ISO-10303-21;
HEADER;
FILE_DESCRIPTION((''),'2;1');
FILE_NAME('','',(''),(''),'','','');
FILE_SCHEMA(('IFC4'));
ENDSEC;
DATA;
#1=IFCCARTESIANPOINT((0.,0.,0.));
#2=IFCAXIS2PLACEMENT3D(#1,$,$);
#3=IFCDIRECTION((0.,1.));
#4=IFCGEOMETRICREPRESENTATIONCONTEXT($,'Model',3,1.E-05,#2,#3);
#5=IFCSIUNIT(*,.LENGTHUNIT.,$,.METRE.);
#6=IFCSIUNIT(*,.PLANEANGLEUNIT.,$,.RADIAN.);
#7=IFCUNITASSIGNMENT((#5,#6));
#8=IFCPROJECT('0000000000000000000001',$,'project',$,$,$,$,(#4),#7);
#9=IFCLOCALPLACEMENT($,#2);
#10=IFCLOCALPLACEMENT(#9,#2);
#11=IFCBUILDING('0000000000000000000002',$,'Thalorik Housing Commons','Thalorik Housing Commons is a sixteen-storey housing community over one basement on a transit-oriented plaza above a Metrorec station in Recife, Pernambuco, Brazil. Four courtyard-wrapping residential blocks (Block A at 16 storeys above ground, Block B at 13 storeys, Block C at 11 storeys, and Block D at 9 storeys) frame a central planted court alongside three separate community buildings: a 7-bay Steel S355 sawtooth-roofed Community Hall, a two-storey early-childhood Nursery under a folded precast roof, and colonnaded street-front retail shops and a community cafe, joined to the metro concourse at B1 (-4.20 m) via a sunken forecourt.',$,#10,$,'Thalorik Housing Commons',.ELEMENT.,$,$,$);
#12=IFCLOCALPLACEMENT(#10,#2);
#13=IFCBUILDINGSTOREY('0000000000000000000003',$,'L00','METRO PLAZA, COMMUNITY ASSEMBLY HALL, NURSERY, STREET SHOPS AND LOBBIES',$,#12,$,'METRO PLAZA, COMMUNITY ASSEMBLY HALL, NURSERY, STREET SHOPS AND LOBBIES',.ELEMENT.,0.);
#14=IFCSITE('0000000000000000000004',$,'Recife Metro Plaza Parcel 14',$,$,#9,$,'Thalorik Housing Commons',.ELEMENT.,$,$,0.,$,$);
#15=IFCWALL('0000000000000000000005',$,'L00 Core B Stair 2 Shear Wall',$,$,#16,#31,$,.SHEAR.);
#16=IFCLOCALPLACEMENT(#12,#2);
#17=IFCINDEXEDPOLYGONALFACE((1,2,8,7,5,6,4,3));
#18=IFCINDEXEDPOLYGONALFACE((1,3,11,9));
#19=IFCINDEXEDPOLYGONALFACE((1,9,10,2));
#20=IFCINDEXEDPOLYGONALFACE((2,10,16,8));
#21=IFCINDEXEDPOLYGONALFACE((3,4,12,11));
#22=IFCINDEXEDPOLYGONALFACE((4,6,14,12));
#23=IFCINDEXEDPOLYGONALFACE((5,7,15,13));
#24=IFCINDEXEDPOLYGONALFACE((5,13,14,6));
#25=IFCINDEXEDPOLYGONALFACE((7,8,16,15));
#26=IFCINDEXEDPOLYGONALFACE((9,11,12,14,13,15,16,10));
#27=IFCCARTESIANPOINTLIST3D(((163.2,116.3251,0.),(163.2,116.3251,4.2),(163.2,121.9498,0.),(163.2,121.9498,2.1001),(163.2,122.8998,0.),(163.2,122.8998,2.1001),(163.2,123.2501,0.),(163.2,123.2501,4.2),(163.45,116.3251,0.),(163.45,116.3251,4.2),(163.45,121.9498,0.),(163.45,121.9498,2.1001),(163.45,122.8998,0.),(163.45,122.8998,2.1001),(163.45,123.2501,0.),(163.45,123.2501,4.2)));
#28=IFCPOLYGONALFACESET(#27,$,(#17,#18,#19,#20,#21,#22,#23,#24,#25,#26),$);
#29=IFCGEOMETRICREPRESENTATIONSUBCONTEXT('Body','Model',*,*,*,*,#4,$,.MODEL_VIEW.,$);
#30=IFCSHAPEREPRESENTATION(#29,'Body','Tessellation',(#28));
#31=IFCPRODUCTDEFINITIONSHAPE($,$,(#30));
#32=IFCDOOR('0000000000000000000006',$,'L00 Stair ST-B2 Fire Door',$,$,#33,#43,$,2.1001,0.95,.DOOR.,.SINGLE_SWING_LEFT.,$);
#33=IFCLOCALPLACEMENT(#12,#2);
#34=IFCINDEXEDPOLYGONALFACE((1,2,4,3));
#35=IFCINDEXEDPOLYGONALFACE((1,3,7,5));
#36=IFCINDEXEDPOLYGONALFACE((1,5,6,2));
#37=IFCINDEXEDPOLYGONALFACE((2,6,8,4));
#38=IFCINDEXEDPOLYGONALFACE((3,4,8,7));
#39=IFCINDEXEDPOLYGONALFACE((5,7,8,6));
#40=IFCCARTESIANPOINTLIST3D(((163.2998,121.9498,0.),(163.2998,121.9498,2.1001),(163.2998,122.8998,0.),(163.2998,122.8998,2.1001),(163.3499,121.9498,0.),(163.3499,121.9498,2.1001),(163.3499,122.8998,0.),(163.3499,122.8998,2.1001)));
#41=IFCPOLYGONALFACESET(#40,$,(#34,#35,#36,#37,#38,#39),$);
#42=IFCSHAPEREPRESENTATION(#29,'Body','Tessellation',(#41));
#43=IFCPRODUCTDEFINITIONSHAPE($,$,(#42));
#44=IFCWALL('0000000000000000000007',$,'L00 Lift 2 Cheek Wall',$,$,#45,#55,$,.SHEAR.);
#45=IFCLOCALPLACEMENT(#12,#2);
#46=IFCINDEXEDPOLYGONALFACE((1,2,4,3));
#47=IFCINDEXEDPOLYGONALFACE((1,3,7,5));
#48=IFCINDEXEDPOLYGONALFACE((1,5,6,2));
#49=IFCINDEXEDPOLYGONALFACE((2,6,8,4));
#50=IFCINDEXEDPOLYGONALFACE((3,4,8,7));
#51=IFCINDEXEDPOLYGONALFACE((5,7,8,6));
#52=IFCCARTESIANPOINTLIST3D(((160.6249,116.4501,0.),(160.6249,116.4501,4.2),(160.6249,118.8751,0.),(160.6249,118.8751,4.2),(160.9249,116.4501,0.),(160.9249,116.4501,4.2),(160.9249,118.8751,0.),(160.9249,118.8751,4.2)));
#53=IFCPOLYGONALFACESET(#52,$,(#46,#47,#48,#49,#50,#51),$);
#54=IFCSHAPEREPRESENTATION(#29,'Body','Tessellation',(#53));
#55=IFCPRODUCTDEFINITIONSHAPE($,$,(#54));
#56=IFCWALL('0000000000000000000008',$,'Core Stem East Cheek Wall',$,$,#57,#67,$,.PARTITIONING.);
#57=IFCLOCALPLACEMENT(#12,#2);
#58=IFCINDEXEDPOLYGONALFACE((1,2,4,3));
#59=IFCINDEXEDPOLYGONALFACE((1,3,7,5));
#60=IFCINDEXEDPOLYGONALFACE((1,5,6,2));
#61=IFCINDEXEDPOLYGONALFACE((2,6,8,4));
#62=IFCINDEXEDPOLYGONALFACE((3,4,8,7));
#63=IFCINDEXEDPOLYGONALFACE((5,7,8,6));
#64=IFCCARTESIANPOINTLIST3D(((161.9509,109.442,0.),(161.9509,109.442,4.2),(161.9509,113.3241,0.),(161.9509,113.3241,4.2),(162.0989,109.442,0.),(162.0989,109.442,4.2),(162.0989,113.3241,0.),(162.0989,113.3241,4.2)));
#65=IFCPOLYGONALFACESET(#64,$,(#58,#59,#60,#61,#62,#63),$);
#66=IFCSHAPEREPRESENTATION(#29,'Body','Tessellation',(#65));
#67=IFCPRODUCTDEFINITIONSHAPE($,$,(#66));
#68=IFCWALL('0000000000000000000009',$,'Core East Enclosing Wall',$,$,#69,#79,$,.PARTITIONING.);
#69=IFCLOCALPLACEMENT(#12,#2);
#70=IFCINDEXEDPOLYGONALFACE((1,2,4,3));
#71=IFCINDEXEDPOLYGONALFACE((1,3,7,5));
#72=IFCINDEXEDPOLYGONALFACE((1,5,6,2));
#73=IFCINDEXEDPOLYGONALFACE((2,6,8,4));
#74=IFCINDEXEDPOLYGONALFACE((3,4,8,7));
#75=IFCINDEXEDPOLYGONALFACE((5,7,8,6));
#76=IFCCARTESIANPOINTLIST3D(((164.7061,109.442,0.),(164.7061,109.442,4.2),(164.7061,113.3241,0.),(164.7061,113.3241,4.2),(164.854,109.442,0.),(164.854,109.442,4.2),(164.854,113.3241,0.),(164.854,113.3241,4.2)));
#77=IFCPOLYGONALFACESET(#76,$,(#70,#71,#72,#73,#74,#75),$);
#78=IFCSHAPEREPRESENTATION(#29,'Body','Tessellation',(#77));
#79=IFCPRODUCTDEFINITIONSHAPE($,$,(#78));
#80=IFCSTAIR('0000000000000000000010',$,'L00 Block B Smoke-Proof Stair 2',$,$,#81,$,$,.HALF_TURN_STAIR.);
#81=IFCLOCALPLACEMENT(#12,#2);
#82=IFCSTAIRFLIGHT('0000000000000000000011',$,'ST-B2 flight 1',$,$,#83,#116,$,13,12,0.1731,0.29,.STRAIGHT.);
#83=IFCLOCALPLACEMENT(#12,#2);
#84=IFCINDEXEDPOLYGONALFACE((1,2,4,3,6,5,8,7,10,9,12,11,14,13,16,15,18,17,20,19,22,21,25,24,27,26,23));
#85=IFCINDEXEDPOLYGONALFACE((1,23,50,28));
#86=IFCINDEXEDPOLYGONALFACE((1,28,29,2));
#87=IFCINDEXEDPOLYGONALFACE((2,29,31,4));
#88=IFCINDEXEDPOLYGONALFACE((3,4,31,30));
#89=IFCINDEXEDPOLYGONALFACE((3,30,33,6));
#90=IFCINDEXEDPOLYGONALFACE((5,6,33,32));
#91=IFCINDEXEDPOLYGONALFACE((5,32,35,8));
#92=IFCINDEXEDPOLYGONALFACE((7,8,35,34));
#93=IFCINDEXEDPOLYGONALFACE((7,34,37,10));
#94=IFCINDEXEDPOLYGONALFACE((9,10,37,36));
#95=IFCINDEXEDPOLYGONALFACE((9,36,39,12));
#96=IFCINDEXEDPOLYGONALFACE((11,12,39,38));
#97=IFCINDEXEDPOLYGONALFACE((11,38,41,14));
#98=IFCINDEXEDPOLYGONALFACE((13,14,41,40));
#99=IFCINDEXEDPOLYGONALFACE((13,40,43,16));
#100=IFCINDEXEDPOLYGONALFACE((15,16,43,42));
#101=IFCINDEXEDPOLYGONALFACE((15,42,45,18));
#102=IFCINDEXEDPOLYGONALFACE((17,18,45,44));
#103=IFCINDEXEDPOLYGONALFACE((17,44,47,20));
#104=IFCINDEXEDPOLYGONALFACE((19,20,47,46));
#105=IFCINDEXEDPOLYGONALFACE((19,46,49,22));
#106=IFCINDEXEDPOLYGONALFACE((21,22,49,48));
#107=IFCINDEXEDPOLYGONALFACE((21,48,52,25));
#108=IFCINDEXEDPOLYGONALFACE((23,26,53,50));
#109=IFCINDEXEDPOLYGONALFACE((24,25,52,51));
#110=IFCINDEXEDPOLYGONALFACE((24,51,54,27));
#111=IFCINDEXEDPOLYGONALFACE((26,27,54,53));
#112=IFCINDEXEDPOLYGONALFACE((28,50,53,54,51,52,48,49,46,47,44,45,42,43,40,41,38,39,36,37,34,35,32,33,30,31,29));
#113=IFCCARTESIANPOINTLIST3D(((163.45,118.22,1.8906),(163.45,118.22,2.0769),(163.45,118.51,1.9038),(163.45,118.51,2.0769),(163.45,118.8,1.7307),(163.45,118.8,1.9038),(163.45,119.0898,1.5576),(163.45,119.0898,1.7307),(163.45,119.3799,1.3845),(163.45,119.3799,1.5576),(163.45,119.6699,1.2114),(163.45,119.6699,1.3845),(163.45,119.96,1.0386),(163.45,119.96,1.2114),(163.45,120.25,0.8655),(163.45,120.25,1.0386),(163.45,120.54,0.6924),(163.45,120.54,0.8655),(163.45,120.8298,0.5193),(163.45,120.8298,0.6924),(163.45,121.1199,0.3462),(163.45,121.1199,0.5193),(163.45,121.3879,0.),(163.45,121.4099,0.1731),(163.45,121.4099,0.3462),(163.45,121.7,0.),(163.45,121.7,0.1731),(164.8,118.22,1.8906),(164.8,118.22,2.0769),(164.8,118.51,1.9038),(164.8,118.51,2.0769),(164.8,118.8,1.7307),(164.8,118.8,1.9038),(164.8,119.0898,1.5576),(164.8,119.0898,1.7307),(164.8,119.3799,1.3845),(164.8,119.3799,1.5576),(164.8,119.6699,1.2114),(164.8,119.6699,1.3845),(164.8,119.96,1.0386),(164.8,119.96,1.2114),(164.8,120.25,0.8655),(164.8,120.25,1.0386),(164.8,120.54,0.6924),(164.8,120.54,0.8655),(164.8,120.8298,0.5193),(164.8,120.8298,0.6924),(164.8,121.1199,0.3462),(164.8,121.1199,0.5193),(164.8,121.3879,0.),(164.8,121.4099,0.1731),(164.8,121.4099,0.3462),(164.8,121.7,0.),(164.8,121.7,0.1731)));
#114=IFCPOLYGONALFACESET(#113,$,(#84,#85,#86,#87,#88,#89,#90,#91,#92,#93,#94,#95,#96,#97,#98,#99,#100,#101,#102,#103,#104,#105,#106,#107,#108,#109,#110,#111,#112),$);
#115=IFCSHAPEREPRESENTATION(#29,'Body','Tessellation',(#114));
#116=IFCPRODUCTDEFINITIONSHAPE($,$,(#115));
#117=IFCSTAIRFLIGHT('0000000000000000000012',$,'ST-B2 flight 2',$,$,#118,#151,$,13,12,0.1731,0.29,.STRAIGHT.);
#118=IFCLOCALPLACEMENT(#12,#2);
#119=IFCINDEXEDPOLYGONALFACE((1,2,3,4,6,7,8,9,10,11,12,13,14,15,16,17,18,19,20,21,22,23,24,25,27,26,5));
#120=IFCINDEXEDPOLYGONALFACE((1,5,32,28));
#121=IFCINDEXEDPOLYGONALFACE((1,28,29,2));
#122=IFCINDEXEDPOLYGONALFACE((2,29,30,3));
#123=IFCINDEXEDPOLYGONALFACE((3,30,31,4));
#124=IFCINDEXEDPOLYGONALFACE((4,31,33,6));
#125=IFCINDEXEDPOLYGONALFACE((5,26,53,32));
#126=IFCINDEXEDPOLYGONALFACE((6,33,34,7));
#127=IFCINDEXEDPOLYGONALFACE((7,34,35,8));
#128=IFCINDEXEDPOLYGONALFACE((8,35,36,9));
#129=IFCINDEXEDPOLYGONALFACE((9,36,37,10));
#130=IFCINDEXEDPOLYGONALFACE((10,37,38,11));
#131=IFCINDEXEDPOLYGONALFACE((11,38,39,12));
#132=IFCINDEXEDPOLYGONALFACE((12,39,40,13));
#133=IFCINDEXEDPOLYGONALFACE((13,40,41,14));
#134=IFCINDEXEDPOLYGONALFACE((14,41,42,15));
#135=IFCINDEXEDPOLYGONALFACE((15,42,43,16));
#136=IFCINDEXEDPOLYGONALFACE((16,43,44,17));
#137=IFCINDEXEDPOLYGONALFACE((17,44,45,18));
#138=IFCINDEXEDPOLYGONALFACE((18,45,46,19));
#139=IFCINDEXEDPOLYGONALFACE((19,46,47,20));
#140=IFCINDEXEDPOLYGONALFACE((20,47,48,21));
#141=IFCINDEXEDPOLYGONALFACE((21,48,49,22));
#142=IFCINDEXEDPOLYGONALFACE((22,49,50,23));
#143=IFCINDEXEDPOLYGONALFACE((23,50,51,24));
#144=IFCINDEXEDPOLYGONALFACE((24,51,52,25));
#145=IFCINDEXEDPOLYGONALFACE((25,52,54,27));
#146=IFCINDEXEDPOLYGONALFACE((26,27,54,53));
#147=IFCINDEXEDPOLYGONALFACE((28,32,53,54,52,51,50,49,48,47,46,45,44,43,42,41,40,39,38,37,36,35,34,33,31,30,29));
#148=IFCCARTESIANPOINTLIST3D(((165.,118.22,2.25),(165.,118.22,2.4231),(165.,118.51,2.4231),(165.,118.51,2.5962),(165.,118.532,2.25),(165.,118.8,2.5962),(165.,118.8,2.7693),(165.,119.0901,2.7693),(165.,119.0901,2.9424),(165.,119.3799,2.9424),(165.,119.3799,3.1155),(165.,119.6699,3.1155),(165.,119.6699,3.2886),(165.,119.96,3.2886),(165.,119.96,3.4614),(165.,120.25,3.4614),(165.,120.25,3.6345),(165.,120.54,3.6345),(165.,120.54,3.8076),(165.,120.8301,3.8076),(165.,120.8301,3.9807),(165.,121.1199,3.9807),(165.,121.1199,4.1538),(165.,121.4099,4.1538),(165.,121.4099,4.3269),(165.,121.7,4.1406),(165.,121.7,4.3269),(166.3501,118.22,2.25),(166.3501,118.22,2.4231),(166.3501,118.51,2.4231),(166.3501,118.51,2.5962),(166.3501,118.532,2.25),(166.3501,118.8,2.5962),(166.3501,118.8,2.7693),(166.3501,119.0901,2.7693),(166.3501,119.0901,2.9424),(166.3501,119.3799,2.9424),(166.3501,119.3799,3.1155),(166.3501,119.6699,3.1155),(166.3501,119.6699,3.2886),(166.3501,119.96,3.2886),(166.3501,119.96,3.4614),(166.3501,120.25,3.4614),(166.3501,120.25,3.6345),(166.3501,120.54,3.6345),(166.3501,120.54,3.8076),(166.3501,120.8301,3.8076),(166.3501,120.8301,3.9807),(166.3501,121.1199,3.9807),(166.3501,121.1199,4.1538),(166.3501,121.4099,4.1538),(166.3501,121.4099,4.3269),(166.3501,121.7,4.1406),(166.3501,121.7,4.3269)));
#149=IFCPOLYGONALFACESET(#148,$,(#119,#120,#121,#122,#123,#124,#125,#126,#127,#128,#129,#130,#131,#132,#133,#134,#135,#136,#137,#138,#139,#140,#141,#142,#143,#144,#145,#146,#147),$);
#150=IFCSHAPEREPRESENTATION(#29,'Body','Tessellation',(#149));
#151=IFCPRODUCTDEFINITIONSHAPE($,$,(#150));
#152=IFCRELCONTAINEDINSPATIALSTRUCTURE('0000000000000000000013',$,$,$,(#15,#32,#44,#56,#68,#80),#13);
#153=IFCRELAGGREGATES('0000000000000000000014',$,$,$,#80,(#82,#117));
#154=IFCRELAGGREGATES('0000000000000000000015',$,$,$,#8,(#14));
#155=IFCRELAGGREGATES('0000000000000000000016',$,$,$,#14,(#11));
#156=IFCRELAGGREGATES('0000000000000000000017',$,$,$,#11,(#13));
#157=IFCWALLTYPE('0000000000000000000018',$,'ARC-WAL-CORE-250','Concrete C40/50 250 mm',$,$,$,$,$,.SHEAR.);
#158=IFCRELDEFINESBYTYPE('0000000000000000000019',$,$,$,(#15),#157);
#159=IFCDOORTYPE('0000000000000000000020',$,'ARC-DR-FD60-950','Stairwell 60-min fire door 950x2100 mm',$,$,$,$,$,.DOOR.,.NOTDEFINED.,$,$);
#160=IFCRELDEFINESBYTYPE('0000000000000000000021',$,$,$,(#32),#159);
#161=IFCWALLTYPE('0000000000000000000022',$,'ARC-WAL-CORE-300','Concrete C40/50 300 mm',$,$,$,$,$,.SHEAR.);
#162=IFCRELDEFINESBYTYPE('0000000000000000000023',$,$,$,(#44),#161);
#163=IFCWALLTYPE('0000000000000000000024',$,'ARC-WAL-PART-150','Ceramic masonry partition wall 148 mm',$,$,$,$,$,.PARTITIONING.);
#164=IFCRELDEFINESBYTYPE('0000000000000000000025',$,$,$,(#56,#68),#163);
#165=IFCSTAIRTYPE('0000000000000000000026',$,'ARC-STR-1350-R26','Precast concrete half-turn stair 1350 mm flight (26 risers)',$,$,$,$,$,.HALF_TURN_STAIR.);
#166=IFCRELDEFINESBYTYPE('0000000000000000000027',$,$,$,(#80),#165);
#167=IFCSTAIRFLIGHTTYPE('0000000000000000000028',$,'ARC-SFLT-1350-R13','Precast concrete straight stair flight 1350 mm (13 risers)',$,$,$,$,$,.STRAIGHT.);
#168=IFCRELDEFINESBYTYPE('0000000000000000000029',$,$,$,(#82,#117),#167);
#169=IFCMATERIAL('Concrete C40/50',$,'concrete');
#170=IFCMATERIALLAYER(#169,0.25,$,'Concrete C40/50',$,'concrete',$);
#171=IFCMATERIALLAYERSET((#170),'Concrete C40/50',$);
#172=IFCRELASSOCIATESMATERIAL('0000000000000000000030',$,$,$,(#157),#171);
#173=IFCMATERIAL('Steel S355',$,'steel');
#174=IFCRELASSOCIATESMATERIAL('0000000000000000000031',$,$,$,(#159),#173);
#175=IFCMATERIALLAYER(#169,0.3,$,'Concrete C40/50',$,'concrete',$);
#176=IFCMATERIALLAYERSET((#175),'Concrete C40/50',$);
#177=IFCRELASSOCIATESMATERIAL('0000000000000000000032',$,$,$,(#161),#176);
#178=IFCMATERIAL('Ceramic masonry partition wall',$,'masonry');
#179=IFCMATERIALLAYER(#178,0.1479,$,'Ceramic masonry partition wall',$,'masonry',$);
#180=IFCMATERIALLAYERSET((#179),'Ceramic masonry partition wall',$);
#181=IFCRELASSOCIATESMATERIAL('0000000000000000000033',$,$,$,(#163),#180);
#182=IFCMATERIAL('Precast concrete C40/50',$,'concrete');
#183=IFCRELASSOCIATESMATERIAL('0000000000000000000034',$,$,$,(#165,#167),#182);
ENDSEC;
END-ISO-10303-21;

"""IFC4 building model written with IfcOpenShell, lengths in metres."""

from ifc_helpers import new_model, si_unit, direction, frame, frame_2d, origin, place, context, subcontext, project, spatial, polyline, rectangle, outline, extrude, material, layer, layer_set, type_object, element, fill, aggregate, save


model = new_model("IFC4")

# Units and contexts
model_context = context("Model", 3, precision=1e-05, world=origin(), true_north=direction((0.0, 1.0)))
body_context = subcontext(model_context, "Body", "Model", "MODEL_VIEW")
ifc_project = project(units=[si_unit("LENGTHUNIT", "METRE"), si_unit("PLANEANGLEUNIT", "RADIAN")], contexts=[model_context])

# Site, building, storey
site_placement = place(None, origin())
site = spatial("IfcSite", under=ifc_project, at=site_placement, Name="Recife Metro Plaza Parcel 14", LongName="Thalorik Housing Commons", CompositionType="ELEMENT", RefElevation=0.0)
building_placement = place(site_placement, origin())
building = spatial("IfcBuilding", under=site, at=building_placement, Name="Thalorik Housing Commons", Description="Thalorik Housing Commons is a sixteen-storey housing community over one basement on a transit-oriented plaza above a Metrorec station in Recife, Pernambuco, Brazil. Four courtyard-wrapping residential blocks (Block A at 16 storeys above ground, Block B at 13 storeys, Block C at 11 storeys, and Block D at 9 storeys) frame a central planted court alongside three separate community buildings: a 7-bay Steel S355 sawtooth-roofed Community Hall, a two-storey early-childhood Nursery under a folded precast roof, and colonnaded street-front retail shops and a community cafe, joined to the metro concourse at B1 (-4.20 m) via a sunken forecourt.", LongName="Thalorik Housing Commons", CompositionType="ELEMENT")
storey_placement = place(building_placement, origin())
storey = spatial("IfcBuildingStorey", under=building, at=storey_placement, Name="L00", Description="METRO PLAZA, COMMUNITY ASSEMBLY HALL, NURSERY, STREET SHOPS AND LOBBIES", LongName="METRO PLAZA, COMMUNITY ASSEMBLY HALL, NURSERY, STREET SHOPS AND LOBBIES", CompositionType="ELEMENT", Elevation=0.0)

# Wall, opening, door
ifc_material_1 = material(Name="Concrete C40/50", Category="concrete")
ifc_layer_1 = layer(ifc_material_1, 0.25, Name="Concrete C40/50", Category="concrete")
ifc_layer_set_1 = layer_set([ifc_layer_1], Name="Concrete C40/50")
wall_type_1 = type_object("IfcWallType", Name="ARC-WAL-CORE-250", Description="Concrete C40/50 250 mm", PredefinedType="SHEAR", material=ifc_layer_set_1)
wall_1_placement = place(storey_placement, frame((163.325, 123.25, 0.0), z_axis=(0.0, 0.0, 1.0), x_axis=(0.0, -1.0, 0.0)))
wall_1 = element("IfcWall", 1, at=wall_1_placement, inside=storey, type_object=wall_type_1, Name="L00 Core B Stair 2 Shear Wall", PredefinedType="SHEAR", context=body_context, shape_type="SweptSolid", body=[
    extrude(rectangle(XDim=6.925, YDim=0.25, at=frame_2d((3.4624, 0.0))), origin(), (0.0, 0.0, 1.0), 4.2),
])
opening_1_placement = place(wall_1_placement, frame((0.3501, 0.0, 0.0)))
opening_1 = element("IfcOpeningElement", 2, at=opening_1_placement, cuts=wall_1, PredefinedType="OPENING", context=body_context, shape_type="SweptSolid", body=[
    extrude(rectangle(XDim=0.95, YDim=2.1001, at=frame_2d((0.4751, 1.05))), frame((0.0, 0.135, 0.0), z_axis=(0.0, -1.0, 0.0), x_axis=(1.0, 0.0, 0.0)), (0.0, 0.0, 1.0), 0.27),
])
ifc_material_2 = material(Name="Steel S355", Category="steel")
door_type_1 = type_object("IfcDoorType", Name="ARC-DR-FD60-950", Description="Stairwell 60-min fire door 950x2100 mm", OperationType="NOTDEFINED", PredefinedType="DOOR", material=ifc_material_2)
door_1_placement = place(opening_1_placement, origin())
door_1 = element("IfcDoor", 3, at=door_1_placement, inside=storey, type_object=door_type_1, Name="L00 Stair ST-B2 Fire Door", OperationType="SINGLE_SWING_LEFT", OverallHeight=2.1001, OverallWidth=0.95, PredefinedType="DOOR", context=body_context, shape_type="SweptSolid", body=[
    extrude(rectangle(XDim=0.95, YDim=2.1001, at=frame_2d((0.4751, 1.05))), frame((0.0, 0.0249, 0.0), z_axis=(0.0, -1.0, 0.0), x_axis=(1.0, 0.0, 0.0)), (0.0, 0.0, 1.0), 0.05),
])
fill(opening_1, door_1)

# Walls
ifc_layer_2 = layer(ifc_material_1, 0.3, Name="Concrete C40/50", Category="concrete")
ifc_layer_set_2 = layer_set([ifc_layer_2], Name="Concrete C40/50")
wall_type_2 = type_object("IfcWallType", Name="ARC-WAL-CORE-300", Description="Concrete C40/50 300 mm", PredefinedType="SHEAR", material=ifc_layer_set_2)
wall_2_placement = place(storey_placement, frame((160.7749, 118.875, 0.0), z_axis=(0.0, 0.0, 1.0), x_axis=(0.0, -1.0, 0.0)))
element("IfcWall", 4, at=wall_2_placement, inside=storey, type_object=wall_type_2, Name="L00 Lift 2 Cheek Wall", PredefinedType="SHEAR", context=body_context, shape_type="SweptSolid", body=[
    extrude(rectangle(XDim=2.425, YDim=0.3, at=frame_2d((1.2124, 0.0))), origin(), (0.0, 0.0, 1.0), 4.2),
])
ifc_material_3 = material(Name="Ceramic masonry partition wall", Category="masonry")
ifc_layer_3 = layer(ifc_material_3, 0.1479, Name="Ceramic masonry partition wall", Category="masonry")
ifc_layer_set_3 = layer_set([ifc_layer_3], Name="Ceramic masonry partition wall")
wall_type_3 = type_object("IfcWallType", Name="ARC-WAL-PART-150", Description="Ceramic masonry partition wall 148 mm", PredefinedType="PARTITIONING", material=ifc_layer_set_3)
for number, where, z_axis, x_axis, name in (
    (5, (162.0249, 113.324, 0.0), (0.0, 0.0, 1.0), (0.0, -1.0, 0.0), "Core Stem East Cheek Wall"),
    (6, (164.78, 113.324, 0.0), (0.0, 0.0, 1.0), (0.0, -1.0, 0.0), "Core East Enclosing Wall"),
):
    element("IfcWall", number, at=place(storey_placement, frame(where, z_axis=z_axis, x_axis=x_axis)), inside=storey, type_object=wall_type_3, Name=name, PredefinedType="PARTITIONING", context=body_context, shape_type="SweptSolid", body=[
        extrude(rectangle(XDim=3.8821, YDim=0.1479, at=frame_2d((1.9409, 0.0))), origin(), (0.0, 0.0, 1.0), 4.2),
    ])

# Stair, stair flights
ifc_material_4 = material(Name="Precast concrete C40/50", Category="concrete")
stair_type = type_object("IfcStairType", Name="ARC-STR-1350-R26", Description="Precast concrete half-turn stair 1350 mm flight (26 risers)", PredefinedType="HALF_TURN_STAIR", material=ifc_material_4)
stair_placement = place(storey_placement, origin())
stair = element("IfcStair", 7, at=stair_placement, inside=storey, type_object=stair_type, Name="L00 Block B Smoke-Proof Stair 2", PredefinedType="HALF_TURN_STAIR")
stair_flight_type = type_object("IfcStairFlightType", Name="ARC-SFLT-1350-R13", Description="Precast concrete straight stair flight 1350 mm (13 risers)", PredefinedType="STRAIGHT", material=ifc_material_4)
stair_flight_1_placement = place(storey_placement, frame((164.125, 121.7, 0.0), z_axis=(0.0, 0.0, 1.0), x_axis=(0.0, -1.0, 0.0)))
stair_flight_1 = element("IfcStairFlight", 8, at=stair_flight_1_placement, type_object=stair_flight_type, Name="ST-B2 flight 1", NumberOfRisers=13, NumberOfTreads=12, PredefinedType="STRAIGHT", RiserHeight=0.1731, TreadLength=0.29, context=body_context, shape_type="SweptSolid", body=[
    extrude(outline(polyline([(0.0, 0.0), (0.0, 0.1731), (0.29, 0.1731), (0.29, 0.3462), (0.5801, 0.3462), (0.5801, 0.5193), (0.8701, 0.5193), (0.8701, 0.6924), (1.1599, 0.6924), (1.1599, 0.8655), (1.45, 0.8655), (1.45, 1.0386), (1.74, 1.0386), (1.74, 1.2114), (2.03, 1.2114), (2.03, 1.3845), (2.3201, 1.3845), (2.3201, 1.5576), (2.6101, 1.5576), (2.6101, 1.7307), (2.8999, 1.7307), (2.8999, 1.9038), (3.1899, 1.9038), (3.1899, 2.0769), (3.48, 2.0769), (3.48, 2.25), (3.48, 1.8906), (0.312, 0.0), (0.0, 0.0)])), frame((0.0, 0.675, 0.0), z_axis=(0.0, -1.0, 0.0), x_axis=(1.0, 0.0, 0.0)), (0.0, 0.0, 1.0), 1.3501),
])
stair_flight_2_placement = place(storey_placement, frame((165.675, 118.22, 2.25), z_axis=(0.0, 0.0, 1.0), x_axis=(0.0, 1.0, 0.0)))
stair_flight_2 = element("IfcStairFlight", 9, at=stair_flight_2_placement, type_object=stair_flight_type, Name="ST-B2 flight 2", NumberOfRisers=13, NumberOfTreads=12, PredefinedType="STRAIGHT", RiserHeight=0.1731, TreadLength=0.29, context=body_context, shape_type="SweptSolid", body=[
    extrude(outline(polyline([(0.0, 0.0), (0.0, 0.1731), (0.29, 0.1731), (0.29, 0.3462), (0.5801, 0.3462), (0.5801, 0.5193), (0.8701, 0.5193), (0.8701, 0.6924), (1.1599, 0.6924), (1.1599, 0.8655), (1.45, 0.8655), (1.45, 1.0386), (1.74, 1.0386), (1.74, 1.2114), (2.03, 1.2114), (2.03, 1.3845), (2.3201, 1.3845), (2.3201, 1.5576), (2.6101, 1.5576), (2.6101, 1.7307), (2.8999, 1.7307), (2.8999, 1.9038), (3.1899, 1.9038), (3.1899, 2.0769), (3.48, 2.0769), (3.48, 2.25), (3.48, 1.8906), (0.312, 0.0), (0.0, 0.0)])), frame((0.0, 0.675, 0.0), z_axis=(0.0, -1.0, 0.0), x_axis=(1.0, 0.0, 0.0)), (0.0, 0.0, 1.0), 1.3501),
])
aggregate(stair, [stair_flight_1, stair_flight_2])

save(model, "model.ifc")
